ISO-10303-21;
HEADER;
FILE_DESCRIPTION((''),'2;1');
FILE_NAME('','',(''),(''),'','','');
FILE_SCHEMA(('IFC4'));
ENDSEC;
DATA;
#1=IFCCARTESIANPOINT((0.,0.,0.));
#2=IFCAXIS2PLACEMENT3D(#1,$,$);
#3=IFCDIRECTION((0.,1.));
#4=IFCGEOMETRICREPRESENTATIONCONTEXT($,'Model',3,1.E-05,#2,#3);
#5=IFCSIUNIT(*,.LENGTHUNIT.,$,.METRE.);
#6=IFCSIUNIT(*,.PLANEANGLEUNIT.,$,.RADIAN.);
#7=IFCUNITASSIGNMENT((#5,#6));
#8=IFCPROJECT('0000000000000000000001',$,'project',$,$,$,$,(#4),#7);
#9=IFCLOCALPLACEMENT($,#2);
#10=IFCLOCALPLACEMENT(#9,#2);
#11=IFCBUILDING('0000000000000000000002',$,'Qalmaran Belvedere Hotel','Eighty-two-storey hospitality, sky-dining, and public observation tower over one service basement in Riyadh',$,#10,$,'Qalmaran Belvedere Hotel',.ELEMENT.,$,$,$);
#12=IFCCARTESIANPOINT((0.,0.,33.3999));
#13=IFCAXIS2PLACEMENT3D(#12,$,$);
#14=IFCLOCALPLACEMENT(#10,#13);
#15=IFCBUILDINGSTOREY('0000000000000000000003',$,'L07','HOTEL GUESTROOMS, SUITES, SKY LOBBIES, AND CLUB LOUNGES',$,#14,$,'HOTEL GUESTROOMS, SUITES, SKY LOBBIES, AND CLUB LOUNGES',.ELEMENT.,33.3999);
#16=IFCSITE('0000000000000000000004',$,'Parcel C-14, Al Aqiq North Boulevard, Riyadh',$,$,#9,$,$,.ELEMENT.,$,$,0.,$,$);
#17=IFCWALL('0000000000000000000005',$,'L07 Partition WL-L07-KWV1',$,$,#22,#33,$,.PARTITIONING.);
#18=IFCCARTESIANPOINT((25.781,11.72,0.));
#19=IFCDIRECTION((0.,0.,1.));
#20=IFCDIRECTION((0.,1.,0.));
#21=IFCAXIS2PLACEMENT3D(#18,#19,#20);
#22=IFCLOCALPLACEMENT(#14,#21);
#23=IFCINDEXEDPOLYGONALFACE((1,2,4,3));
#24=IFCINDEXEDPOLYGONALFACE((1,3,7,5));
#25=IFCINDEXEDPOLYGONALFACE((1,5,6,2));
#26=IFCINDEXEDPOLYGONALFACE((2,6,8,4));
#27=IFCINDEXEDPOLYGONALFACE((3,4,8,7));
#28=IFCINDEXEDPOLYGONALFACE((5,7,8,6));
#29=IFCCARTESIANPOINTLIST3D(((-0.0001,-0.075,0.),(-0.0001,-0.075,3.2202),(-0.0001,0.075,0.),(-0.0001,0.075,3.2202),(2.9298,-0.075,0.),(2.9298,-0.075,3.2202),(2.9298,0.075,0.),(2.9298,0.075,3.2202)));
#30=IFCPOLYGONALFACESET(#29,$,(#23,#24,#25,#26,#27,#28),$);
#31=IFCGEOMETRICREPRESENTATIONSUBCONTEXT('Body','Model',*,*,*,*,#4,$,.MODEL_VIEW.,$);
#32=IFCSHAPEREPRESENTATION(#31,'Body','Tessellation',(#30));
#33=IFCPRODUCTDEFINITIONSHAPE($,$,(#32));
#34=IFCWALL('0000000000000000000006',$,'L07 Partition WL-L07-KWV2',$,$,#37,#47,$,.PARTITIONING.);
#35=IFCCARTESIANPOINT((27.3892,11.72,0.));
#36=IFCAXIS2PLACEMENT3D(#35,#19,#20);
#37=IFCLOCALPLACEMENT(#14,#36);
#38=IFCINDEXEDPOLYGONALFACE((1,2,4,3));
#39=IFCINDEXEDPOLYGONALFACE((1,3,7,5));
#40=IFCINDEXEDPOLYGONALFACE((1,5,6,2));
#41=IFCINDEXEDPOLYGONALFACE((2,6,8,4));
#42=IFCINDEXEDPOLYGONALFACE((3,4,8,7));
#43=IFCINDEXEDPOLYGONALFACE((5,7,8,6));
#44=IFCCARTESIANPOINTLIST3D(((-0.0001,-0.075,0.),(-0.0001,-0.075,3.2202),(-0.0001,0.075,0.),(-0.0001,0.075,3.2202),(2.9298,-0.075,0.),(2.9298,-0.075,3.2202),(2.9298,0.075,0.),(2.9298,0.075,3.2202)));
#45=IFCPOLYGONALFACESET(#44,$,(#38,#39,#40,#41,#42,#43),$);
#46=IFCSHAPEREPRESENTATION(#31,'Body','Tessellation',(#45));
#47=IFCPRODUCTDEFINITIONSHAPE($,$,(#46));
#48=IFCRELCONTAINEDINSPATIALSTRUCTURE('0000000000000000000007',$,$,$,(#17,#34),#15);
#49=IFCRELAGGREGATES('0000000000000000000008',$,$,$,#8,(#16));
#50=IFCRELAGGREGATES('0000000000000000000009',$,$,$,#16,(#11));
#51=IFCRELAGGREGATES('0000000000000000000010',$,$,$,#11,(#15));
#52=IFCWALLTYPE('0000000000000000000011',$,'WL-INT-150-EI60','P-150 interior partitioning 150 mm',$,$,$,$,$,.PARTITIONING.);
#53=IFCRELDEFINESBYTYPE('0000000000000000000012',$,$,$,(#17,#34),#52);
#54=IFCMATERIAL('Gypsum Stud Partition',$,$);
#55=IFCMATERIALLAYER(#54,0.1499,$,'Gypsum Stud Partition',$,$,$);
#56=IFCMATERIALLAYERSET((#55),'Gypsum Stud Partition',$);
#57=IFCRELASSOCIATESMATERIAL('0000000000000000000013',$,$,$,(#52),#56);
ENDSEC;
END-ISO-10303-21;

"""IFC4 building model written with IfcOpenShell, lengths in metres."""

from ifc_helpers import new_model, si_unit, direction, frame, frame_2d, origin, place, context, subcontext, project, spatial, rectangle, extrude, material, layer, layer_set, type_object, element, save


model = new_model("IFC4")

# Units and contexts
model_context = context("Model", 3, precision=1e-05, world=origin(), true_north=direction((0.0, 1.0)))
body_context = subcontext(model_context, "Body", "Model", "MODEL_VIEW")
ifc_project = project(units=[si_unit("LENGTHUNIT", "METRE"), si_unit("PLANEANGLEUNIT", "RADIAN")], contexts=[model_context])

# Site, building, storey
site_placement = place(None, origin())
site = spatial("IfcSite", under=ifc_project, at=site_placement, Name="Parcel C-14, Al Aqiq North Boulevard, Riyadh", CompositionType="ELEMENT", RefElevation=0.0)
building_placement = place(site_placement, origin())
building = spatial("IfcBuilding", under=site, at=building_placement, Name="Qalmaran Belvedere Hotel", Description="Eighty-two-storey hospitality, sky-dining, and public observation tower over one service basement in Riyadh", LongName="Qalmaran Belvedere Hotel", CompositionType="ELEMENT")
storey_placement = place(building_placement, frame((0.0, 0.0, 33.3999)))
storey = spatial("IfcBuildingStorey", under=building, at=storey_placement, Name="L07", Description="HOTEL GUESTROOMS, SUITES, SKY LOBBIES, AND CLUB LOUNGES", LongName="HOTEL GUESTROOMS, SUITES, SKY LOBBIES, AND CLUB LOUNGES", CompositionType="ELEMENT", Elevation=33.3999)

# Walls
ifc_material_1 = material(Name="Gypsum Stud Partition")
ifc_layer_1 = layer(ifc_material_1, 0.1499, Name="Gypsum Stud Partition")
ifc_layer_set_1 = layer_set([ifc_layer_1], Name="Gypsum Stud Partition")
wall_type_1 = type_object("IfcWallType", Name="WL-INT-150-EI60", Description="P-150 interior partitioning 150 mm", PredefinedType="PARTITIONING", material=ifc_layer_set_1)
for number, where, z_axis, x_axis, name in (
    (1, (25.781, 11.72, 0.0), (0.0, 0.0, 1.0), (0.0, 1.0, 0.0), "L07 Partition WL-L07-KWV1"),
    (2, (27.3892, 11.72, 0.0), (0.0, 0.0, 1.0), (0.0, 1.0, 0.0), "L07 Partition WL-L07-KWV2"),
):
    element("IfcWall", number, at=place(storey_placement, frame(where, z_axis=z_axis, x_axis=x_axis)), inside=storey, type_object=wall_type_1, Name=name, PredefinedType="PARTITIONING", context=body_context, shape_type="SweptSolid", body=[
        extrude(rectangle(XDim=2.9299, YDim=0.1499, at=frame_2d((1.4648, 0.0))), origin(), (0.0, 0.0, 1.0), 3.2202),
    ])

save(model, "model.ifc")
